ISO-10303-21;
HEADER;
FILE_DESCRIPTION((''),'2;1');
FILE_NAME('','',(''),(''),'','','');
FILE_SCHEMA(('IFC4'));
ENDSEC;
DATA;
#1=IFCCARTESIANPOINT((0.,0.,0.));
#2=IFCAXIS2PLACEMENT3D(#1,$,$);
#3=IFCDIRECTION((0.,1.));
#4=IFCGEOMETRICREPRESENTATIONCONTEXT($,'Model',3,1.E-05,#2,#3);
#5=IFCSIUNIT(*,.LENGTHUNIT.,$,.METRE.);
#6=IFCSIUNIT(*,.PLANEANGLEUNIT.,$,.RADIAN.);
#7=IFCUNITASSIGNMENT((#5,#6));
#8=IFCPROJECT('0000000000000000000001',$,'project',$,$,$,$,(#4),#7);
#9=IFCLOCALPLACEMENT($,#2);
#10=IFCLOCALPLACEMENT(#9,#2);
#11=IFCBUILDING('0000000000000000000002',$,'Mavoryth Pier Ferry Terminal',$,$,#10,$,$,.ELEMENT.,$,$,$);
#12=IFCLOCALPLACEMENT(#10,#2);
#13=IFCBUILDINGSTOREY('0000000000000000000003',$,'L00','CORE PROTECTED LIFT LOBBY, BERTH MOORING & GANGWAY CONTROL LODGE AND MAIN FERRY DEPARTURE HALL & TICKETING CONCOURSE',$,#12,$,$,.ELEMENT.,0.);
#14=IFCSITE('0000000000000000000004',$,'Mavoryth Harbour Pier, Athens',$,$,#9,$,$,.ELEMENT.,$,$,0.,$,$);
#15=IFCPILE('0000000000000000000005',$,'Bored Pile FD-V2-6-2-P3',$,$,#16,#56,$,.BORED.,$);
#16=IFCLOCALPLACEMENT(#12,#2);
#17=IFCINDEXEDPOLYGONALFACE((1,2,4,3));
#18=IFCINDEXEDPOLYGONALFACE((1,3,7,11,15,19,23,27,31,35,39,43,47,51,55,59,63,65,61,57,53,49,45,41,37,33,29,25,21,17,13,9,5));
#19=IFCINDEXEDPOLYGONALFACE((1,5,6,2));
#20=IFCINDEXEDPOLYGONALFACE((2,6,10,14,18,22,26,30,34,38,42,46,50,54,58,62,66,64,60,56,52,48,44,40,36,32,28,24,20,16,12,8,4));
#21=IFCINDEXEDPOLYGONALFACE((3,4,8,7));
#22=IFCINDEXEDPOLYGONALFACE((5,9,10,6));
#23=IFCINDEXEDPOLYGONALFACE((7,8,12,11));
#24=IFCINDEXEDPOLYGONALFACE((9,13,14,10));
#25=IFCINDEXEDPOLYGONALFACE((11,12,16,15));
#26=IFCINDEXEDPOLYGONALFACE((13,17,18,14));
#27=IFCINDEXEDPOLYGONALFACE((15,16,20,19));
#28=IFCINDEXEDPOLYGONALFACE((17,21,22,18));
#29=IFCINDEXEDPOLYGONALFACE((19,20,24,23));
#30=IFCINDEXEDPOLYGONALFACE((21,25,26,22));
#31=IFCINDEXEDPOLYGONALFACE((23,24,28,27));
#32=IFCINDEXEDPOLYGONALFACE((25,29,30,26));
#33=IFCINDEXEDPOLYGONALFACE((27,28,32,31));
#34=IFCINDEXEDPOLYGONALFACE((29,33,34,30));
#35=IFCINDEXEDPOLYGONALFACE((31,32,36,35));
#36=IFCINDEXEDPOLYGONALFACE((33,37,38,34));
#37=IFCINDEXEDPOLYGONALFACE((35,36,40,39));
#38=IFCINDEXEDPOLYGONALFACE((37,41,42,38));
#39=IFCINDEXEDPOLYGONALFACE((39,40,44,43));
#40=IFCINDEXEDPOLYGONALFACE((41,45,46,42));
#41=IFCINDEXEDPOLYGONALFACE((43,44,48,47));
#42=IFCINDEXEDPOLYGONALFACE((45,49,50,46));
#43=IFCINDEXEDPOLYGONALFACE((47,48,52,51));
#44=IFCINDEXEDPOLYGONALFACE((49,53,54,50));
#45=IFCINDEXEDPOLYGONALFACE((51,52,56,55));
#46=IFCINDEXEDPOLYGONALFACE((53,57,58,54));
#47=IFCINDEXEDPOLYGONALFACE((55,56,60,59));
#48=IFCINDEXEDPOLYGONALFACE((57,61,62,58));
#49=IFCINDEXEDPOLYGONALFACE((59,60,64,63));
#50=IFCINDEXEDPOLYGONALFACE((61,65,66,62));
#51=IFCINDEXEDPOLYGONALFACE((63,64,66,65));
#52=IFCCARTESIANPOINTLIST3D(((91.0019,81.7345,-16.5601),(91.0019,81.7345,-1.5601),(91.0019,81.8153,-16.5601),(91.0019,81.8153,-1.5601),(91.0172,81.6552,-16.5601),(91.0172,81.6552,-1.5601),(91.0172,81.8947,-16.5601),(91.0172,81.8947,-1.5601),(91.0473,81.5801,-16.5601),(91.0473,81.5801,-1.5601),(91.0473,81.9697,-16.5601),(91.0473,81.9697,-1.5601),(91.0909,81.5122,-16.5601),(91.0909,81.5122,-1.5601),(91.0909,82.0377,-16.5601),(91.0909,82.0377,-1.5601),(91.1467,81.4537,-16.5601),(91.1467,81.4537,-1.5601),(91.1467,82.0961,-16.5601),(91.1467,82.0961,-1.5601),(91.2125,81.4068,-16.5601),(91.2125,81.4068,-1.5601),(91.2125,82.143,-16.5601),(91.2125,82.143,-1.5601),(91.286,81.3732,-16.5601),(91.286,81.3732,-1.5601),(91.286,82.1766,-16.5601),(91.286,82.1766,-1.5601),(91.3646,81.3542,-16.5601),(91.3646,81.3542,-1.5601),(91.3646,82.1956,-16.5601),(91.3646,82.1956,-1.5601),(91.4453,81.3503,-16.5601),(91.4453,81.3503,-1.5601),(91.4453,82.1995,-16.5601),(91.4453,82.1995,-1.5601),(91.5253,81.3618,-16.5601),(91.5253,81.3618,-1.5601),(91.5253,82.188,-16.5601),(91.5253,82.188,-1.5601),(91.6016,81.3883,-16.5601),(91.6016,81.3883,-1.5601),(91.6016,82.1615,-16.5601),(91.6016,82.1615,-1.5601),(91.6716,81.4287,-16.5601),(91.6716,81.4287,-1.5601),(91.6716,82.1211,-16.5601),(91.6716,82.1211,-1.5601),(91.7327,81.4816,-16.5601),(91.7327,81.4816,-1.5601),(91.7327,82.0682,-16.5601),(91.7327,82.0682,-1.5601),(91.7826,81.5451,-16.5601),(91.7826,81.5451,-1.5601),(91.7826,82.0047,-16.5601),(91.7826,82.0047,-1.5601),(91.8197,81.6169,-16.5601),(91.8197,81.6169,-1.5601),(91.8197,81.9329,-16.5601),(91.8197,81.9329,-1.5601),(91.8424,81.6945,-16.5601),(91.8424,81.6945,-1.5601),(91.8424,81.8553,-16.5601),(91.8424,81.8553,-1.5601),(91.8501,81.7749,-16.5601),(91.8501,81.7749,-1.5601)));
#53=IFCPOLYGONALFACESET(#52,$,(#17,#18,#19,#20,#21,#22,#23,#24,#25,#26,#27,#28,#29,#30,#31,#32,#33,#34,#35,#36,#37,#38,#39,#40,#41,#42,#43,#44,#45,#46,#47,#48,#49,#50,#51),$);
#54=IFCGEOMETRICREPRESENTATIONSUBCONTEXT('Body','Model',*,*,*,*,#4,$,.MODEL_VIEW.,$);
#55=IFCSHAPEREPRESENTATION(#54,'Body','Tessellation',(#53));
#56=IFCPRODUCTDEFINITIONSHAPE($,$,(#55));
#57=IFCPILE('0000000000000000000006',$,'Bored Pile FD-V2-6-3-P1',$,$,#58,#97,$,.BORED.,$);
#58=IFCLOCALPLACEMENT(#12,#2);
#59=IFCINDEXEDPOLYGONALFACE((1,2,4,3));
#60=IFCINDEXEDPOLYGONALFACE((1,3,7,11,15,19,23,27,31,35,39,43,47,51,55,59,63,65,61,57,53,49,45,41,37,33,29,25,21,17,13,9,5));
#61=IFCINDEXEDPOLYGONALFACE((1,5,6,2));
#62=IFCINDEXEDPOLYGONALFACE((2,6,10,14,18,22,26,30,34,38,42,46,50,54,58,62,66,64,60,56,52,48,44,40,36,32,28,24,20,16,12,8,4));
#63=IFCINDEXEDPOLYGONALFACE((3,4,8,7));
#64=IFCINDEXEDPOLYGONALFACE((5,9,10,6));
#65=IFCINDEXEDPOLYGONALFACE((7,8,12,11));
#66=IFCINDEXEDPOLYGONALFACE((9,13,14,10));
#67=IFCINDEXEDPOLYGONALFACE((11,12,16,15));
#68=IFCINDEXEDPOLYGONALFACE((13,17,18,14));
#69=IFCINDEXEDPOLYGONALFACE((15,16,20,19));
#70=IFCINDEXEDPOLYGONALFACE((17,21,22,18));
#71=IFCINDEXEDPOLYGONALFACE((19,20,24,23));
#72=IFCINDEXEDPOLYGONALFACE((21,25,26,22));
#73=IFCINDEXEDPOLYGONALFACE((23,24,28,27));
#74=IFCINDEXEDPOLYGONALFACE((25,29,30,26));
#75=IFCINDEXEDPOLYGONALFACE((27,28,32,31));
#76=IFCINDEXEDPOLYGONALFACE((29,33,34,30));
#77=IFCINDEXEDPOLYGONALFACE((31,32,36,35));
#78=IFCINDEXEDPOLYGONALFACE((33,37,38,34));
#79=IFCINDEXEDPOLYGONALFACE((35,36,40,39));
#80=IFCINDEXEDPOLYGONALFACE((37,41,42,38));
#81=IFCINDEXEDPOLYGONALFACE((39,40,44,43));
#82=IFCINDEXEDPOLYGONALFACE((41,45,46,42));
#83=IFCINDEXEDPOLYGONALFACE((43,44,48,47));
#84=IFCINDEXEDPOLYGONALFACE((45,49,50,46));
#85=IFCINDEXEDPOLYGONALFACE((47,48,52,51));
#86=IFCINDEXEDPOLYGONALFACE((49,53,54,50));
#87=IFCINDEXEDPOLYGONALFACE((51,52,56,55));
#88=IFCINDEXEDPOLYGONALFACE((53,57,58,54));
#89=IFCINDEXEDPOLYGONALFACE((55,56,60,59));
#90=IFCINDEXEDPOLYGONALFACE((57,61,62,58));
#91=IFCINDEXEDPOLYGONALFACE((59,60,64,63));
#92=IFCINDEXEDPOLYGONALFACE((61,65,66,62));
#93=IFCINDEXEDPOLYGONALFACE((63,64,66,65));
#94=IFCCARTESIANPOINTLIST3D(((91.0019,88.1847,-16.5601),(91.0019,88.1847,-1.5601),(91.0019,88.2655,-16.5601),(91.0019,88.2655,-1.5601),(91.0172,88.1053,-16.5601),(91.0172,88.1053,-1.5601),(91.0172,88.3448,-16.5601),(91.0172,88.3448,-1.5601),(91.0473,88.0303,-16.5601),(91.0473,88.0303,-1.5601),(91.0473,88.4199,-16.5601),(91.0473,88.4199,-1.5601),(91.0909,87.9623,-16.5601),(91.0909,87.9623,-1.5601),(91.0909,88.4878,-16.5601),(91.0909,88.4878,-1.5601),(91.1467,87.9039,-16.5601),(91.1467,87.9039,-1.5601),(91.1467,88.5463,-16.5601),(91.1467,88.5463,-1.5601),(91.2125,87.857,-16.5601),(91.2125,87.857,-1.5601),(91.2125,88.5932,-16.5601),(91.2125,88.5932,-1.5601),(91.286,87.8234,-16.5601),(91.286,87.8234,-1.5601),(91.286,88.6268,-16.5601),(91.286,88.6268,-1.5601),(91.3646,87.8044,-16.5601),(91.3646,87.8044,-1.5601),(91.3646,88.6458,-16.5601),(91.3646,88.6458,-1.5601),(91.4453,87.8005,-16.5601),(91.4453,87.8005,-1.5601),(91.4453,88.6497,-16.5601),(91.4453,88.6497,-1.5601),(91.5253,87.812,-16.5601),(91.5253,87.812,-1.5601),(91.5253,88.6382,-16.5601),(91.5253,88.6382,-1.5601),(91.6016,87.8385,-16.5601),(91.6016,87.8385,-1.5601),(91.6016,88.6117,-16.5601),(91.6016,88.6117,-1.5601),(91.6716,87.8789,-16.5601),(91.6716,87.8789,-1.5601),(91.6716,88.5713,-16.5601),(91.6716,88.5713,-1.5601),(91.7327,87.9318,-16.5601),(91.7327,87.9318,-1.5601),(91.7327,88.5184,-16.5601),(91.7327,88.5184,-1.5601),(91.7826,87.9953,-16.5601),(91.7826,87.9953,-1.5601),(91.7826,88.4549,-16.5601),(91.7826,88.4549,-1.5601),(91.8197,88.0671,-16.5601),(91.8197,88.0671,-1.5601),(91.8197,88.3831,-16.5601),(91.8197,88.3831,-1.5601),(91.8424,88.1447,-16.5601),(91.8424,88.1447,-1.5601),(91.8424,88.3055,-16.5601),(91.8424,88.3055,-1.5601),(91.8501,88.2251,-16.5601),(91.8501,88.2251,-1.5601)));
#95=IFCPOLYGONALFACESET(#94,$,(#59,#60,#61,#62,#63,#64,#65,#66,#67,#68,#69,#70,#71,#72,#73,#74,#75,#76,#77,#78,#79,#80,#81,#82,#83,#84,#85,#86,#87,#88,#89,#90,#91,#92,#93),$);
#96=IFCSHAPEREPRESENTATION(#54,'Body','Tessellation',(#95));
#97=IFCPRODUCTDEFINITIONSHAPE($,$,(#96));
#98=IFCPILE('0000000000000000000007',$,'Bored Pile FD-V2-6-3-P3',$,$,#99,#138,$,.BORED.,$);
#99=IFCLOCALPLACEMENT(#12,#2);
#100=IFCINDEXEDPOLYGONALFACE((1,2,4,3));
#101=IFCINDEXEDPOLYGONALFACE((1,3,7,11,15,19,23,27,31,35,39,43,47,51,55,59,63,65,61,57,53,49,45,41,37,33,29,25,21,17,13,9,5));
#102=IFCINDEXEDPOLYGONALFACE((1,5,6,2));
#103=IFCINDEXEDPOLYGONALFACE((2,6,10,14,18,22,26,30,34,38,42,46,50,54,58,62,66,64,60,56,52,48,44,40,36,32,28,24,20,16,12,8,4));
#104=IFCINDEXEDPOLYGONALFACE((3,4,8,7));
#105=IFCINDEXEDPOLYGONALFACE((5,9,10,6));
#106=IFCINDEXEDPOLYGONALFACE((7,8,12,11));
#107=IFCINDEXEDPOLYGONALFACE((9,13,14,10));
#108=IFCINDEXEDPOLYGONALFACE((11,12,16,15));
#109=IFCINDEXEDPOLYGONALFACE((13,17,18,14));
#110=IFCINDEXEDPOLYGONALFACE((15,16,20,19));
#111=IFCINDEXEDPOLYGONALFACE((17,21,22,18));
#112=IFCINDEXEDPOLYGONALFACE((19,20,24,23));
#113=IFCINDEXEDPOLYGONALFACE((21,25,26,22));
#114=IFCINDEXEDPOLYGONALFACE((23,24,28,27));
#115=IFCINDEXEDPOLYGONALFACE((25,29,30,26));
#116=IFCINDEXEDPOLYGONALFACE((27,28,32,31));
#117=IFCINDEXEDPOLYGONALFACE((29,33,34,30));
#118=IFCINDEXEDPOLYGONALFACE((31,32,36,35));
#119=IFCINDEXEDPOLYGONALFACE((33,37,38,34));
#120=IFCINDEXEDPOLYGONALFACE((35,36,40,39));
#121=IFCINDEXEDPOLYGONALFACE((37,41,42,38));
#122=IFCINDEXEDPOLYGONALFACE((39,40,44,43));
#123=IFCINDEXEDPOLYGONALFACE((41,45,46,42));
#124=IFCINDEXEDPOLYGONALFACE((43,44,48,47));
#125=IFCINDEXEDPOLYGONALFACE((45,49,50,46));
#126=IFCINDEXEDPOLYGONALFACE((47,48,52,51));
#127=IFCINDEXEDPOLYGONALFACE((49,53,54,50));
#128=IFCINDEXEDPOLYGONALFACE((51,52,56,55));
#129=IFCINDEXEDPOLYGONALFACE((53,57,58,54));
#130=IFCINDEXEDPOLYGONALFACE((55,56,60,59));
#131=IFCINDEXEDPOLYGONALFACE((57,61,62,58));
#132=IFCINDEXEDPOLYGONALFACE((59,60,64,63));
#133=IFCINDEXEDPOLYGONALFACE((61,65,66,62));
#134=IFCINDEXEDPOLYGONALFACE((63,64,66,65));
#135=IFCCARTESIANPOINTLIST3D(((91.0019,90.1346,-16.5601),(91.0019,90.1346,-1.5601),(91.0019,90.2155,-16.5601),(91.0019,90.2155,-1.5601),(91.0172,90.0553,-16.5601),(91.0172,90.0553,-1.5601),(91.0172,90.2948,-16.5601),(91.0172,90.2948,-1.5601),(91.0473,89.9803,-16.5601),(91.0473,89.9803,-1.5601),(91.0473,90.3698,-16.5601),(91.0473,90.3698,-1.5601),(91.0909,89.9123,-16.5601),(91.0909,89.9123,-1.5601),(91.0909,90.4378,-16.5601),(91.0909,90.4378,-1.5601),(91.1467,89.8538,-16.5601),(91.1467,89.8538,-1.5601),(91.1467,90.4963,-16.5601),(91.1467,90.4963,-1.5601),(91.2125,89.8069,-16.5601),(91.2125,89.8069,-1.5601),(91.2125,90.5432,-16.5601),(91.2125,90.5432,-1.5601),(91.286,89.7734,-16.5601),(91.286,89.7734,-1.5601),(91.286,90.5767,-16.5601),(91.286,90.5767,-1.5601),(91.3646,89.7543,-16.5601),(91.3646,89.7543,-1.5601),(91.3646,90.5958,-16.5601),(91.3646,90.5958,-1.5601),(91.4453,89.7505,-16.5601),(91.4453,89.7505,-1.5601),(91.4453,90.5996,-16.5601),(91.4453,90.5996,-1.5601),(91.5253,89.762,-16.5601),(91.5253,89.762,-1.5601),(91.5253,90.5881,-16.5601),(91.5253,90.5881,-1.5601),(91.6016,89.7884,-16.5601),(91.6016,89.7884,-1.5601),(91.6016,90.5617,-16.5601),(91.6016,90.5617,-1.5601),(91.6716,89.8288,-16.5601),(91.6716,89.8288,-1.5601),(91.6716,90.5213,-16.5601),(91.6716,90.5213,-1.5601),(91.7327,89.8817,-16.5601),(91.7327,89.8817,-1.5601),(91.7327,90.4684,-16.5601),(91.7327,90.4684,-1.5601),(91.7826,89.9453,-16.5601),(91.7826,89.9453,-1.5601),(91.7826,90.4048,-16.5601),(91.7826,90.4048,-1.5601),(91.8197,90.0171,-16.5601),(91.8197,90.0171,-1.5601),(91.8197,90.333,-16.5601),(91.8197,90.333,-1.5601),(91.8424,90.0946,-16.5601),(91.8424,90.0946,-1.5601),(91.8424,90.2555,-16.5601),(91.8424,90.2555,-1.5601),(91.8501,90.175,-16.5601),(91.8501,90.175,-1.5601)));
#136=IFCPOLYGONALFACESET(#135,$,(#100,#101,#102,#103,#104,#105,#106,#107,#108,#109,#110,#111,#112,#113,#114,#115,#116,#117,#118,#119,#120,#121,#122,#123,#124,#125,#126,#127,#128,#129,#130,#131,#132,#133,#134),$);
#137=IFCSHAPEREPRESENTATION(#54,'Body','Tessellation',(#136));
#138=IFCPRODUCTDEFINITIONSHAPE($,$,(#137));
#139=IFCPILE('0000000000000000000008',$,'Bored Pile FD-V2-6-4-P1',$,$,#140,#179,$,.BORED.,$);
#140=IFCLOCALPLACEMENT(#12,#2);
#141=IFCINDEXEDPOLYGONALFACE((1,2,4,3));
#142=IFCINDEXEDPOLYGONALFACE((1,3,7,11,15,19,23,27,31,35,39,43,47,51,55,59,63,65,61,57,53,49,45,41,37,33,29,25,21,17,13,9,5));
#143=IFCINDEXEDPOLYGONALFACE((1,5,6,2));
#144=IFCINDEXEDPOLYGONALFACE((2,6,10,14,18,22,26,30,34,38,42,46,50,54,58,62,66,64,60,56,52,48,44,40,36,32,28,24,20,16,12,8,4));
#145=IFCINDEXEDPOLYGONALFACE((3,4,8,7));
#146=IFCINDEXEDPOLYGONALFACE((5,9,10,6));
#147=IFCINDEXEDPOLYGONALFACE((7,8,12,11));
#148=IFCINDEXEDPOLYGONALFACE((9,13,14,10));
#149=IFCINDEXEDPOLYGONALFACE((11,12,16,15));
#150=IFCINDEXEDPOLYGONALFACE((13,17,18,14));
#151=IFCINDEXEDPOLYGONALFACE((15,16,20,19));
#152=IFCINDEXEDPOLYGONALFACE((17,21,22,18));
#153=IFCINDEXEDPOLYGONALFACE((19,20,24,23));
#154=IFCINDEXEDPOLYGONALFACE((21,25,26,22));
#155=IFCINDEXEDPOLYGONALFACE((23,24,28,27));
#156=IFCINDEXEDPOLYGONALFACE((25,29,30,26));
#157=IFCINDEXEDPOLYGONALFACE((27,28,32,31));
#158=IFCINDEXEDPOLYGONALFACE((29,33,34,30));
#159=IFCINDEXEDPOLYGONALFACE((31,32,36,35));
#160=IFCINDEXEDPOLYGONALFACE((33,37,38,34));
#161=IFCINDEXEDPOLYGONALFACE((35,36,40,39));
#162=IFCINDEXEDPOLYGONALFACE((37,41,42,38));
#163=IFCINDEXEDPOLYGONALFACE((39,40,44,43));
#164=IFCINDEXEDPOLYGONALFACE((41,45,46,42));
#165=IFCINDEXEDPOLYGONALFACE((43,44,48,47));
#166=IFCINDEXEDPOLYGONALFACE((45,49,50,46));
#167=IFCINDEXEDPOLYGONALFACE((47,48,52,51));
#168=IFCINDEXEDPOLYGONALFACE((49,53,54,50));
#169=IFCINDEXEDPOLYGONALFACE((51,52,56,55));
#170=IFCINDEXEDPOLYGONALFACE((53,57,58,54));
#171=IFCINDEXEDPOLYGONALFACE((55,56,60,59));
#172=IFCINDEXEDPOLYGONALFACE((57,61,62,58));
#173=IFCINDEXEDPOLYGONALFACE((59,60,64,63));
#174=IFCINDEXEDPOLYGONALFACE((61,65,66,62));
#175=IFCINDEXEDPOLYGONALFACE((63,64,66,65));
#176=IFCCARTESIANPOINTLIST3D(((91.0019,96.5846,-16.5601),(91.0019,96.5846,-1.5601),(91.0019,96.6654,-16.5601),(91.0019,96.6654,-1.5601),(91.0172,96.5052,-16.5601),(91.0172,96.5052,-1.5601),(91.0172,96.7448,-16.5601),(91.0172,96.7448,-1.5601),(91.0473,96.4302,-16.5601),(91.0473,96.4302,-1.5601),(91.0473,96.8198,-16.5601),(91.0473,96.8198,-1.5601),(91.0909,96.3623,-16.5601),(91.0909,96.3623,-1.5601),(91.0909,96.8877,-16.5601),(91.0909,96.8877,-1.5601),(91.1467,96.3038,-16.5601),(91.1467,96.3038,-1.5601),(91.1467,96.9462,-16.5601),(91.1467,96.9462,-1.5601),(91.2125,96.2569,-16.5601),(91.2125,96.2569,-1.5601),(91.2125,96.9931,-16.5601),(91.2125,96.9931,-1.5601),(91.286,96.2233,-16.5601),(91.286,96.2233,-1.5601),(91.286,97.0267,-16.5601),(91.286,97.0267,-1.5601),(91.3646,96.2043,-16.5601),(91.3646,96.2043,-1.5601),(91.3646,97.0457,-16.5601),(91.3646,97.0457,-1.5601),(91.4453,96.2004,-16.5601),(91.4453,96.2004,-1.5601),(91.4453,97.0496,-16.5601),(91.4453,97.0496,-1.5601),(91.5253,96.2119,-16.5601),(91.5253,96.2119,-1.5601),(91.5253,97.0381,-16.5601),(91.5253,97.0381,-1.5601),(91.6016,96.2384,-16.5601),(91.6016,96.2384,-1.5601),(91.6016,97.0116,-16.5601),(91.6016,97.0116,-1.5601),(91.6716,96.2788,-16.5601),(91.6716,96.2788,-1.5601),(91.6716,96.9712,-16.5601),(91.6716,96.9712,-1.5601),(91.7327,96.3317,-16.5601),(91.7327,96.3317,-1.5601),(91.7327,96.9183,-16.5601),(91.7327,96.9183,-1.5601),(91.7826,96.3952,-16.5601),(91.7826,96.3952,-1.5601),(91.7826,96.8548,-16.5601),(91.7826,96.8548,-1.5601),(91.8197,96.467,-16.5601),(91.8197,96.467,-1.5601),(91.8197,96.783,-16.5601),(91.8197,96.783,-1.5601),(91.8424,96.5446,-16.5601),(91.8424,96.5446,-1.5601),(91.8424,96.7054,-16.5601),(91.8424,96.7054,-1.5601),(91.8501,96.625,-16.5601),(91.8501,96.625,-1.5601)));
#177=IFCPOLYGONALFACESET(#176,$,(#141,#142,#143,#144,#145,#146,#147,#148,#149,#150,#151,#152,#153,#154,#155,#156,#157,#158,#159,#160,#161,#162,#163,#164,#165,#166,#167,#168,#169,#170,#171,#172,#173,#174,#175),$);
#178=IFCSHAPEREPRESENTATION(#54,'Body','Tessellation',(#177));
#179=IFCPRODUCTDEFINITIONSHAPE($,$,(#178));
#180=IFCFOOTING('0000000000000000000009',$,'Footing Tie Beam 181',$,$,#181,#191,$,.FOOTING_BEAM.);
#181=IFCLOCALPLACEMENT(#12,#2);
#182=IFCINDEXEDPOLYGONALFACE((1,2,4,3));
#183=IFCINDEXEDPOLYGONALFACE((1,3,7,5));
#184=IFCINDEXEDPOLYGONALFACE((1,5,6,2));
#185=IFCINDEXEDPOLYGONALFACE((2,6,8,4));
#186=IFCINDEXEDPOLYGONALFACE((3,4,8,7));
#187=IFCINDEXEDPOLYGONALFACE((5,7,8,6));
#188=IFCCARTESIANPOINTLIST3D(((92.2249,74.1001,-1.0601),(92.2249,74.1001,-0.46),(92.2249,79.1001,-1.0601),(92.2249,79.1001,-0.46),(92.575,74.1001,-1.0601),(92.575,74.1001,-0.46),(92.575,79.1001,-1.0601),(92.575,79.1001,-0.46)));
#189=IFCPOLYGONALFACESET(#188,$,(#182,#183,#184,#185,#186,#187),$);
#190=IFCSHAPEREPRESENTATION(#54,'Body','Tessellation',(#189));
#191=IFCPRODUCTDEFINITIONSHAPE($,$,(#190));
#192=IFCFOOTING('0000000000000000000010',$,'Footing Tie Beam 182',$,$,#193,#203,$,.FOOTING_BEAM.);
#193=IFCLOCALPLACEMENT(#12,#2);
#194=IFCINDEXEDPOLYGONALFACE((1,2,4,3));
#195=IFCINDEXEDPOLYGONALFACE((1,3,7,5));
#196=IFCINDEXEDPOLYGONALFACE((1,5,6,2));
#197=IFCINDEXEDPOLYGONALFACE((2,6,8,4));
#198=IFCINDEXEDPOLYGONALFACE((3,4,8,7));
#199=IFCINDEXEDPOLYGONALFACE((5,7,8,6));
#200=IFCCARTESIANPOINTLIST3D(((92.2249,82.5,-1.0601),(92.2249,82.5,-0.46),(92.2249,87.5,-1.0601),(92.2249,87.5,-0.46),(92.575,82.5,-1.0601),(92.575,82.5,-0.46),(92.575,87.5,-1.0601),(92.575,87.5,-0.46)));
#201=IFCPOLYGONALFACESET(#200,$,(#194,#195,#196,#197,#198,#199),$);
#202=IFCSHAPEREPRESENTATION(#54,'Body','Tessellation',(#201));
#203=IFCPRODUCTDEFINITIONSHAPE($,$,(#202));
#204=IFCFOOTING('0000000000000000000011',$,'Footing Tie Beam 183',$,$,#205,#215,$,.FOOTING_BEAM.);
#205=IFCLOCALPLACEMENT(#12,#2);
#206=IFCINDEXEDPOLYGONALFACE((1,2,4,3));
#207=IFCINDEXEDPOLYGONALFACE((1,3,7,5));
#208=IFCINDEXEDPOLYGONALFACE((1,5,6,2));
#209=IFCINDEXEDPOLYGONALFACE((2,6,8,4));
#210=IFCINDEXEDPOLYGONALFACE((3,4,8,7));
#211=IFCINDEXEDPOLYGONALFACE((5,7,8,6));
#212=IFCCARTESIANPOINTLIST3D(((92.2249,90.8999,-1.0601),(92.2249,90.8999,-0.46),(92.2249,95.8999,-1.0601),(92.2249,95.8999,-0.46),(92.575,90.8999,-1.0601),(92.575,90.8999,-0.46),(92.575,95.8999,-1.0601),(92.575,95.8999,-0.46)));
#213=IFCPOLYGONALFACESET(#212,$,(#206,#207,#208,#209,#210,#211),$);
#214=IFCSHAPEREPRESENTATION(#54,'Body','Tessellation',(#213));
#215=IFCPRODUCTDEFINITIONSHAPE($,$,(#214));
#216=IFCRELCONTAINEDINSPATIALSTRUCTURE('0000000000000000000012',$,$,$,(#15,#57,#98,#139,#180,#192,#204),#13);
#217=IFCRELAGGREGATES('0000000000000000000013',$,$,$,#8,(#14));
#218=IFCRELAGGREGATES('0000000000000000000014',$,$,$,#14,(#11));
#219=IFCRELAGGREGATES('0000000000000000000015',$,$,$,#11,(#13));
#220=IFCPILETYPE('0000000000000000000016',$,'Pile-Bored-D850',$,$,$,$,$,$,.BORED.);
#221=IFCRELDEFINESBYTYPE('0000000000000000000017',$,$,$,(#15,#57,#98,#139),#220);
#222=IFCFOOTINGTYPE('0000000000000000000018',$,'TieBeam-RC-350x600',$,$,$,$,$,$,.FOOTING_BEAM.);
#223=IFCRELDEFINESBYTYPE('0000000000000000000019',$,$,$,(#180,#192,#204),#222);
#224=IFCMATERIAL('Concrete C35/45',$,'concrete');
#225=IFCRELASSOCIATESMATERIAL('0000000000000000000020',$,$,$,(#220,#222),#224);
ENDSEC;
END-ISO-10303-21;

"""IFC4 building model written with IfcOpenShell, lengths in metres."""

from ifc_helpers import new_model, si_unit, direction, frame, origin, origin_2d, place, context, subcontext, project, spatial, rectangle, circle, extrude, material, material_profile, profile_set, type_object, element, save


model = new_model("IFC4")

# Units and contexts
model_context = context("Model", 3, precision=1e-05, world=origin(), true_north=direction((0.0, 1.0)))
body_context = subcontext(model_context, "Body", "Model", "MODEL_VIEW")
ifc_project = project(units=[si_unit("LENGTHUNIT", "METRE"), si_unit("PLANEANGLEUNIT", "RADIAN")], contexts=[model_context])

# Site, building, storey
site_placement = place(None, origin())
site = spatial("IfcSite", under=ifc_project, at=site_placement, Name="Mavoryth Harbour Pier, Athens", CompositionType="ELEMENT", RefElevation=0.0)
building_placement = place(site_placement, origin())
building = spatial("IfcBuilding", under=site, at=building_placement, Name="Mavoryth Pier Ferry Terminal", CompositionType="ELEMENT")
storey_placement = place(building_placement, origin())
storey = spatial("IfcBuildingStorey", under=building, at=storey_placement, Name="L00", Description="CORE PROTECTED LIFT LOBBY, BERTH MOORING & GANGWAY CONTROL LODGE AND MAIN FERRY DEPARTURE HALL & TICKETING CONCOURSE", CompositionType="ELEMENT", Elevation=0.0)

# Shared definitions
ifc_material_1 = material(Name="Concrete C35/45", Category="concrete")

# Piles
ifc_material_profile_1 = material_profile(ifc_material_1, circle(Radius=0.425, at=origin_2d()), Name="PILE D850", Category="concrete")
ifc_profile_set_1 = profile_set([ifc_material_profile_1], Name="Concrete C35/45 - PILE D850")
pile_type = type_object("IfcPileType", Name="Pile-Bored-D850", PredefinedType="BORED", material=ifc_profile_set_1)
for number, where, z_axis, x_axis, name in (
    (1, (91.425, 81.7749, -1.5601), (0.0, 0.0, -1.0), (1.0, 0.0, 0.0), "Bored Pile FD-V2-6-2-P3"),
    (2, (91.425, 88.2251, -1.5601), (0.0, 0.0, -1.0), (1.0, 0.0, 0.0), "Bored Pile FD-V2-6-3-P1"),
    (3, (91.425, 90.175, -1.5601), (0.0, 0.0, -1.0), (1.0, 0.0, 0.0), "Bored Pile FD-V2-6-3-P3"),
    (4, (91.425, 96.625, -1.5601), (0.0, 0.0, -1.0), (1.0, 0.0, 0.0), "Bored Pile FD-V2-6-4-P1"),
):
    element("IfcPile", number, at=place(storey_placement, frame(where, z_axis=z_axis, x_axis=x_axis)), inside=storey, type_object=pile_type, Name=name, PredefinedType="BORED", context=body_context, shape_type="SweptSolid", body=[
        extrude(circle(Radius=0.425, at=origin_2d()), origin(), (0.0, 0.0, 1.0), 15.0),
    ])

# Footings
ifc_material_profile_2 = material_profile(ifc_material_1, rectangle(XDim=0.3501, YDim=0.6001, at=origin_2d()), Name="RC 350x600", Category="concrete")
ifc_profile_set_2 = profile_set([ifc_material_profile_2], Name="Concrete C35/45 - RC 350x600")
footing_type_1 = type_object("IfcFootingType", Name="TieBeam-RC-350x600", PredefinedType="FOOTING_BEAM", material=ifc_profile_set_2)
for number, where, z_axis, x_axis, name in (
    (5, (92.3999, 74.1001, -0.76), (0.0, 1.0, 0.0), (-1.0, 0.0, 0.0), "Footing Tie Beam 181"),
    (6, (92.3999, 82.5, -0.76), (0.0, 1.0, 0.0), (-1.0, 0.0, 0.0), "Footing Tie Beam 182"),
    (7, (92.3999, 90.8999, -0.76), (0.0, 1.0, 0.0), (-1.0, 0.0, 0.0), "Footing Tie Beam 183"),
):
    element("IfcFooting", number, at=place(storey_placement, frame(where, z_axis=z_axis, x_axis=x_axis)), inside=storey, type_object=footing_type_1, Name=name, PredefinedType="FOOTING_BEAM", context=body_context, shape_type="SweptSolid", body=[
        extrude(rectangle(XDim=0.3501, YDim=0.6001, at=origin_2d()), origin(), (0.0, 0.0, 1.0), 5.0),
    ])

save(model, "model.ifc")
